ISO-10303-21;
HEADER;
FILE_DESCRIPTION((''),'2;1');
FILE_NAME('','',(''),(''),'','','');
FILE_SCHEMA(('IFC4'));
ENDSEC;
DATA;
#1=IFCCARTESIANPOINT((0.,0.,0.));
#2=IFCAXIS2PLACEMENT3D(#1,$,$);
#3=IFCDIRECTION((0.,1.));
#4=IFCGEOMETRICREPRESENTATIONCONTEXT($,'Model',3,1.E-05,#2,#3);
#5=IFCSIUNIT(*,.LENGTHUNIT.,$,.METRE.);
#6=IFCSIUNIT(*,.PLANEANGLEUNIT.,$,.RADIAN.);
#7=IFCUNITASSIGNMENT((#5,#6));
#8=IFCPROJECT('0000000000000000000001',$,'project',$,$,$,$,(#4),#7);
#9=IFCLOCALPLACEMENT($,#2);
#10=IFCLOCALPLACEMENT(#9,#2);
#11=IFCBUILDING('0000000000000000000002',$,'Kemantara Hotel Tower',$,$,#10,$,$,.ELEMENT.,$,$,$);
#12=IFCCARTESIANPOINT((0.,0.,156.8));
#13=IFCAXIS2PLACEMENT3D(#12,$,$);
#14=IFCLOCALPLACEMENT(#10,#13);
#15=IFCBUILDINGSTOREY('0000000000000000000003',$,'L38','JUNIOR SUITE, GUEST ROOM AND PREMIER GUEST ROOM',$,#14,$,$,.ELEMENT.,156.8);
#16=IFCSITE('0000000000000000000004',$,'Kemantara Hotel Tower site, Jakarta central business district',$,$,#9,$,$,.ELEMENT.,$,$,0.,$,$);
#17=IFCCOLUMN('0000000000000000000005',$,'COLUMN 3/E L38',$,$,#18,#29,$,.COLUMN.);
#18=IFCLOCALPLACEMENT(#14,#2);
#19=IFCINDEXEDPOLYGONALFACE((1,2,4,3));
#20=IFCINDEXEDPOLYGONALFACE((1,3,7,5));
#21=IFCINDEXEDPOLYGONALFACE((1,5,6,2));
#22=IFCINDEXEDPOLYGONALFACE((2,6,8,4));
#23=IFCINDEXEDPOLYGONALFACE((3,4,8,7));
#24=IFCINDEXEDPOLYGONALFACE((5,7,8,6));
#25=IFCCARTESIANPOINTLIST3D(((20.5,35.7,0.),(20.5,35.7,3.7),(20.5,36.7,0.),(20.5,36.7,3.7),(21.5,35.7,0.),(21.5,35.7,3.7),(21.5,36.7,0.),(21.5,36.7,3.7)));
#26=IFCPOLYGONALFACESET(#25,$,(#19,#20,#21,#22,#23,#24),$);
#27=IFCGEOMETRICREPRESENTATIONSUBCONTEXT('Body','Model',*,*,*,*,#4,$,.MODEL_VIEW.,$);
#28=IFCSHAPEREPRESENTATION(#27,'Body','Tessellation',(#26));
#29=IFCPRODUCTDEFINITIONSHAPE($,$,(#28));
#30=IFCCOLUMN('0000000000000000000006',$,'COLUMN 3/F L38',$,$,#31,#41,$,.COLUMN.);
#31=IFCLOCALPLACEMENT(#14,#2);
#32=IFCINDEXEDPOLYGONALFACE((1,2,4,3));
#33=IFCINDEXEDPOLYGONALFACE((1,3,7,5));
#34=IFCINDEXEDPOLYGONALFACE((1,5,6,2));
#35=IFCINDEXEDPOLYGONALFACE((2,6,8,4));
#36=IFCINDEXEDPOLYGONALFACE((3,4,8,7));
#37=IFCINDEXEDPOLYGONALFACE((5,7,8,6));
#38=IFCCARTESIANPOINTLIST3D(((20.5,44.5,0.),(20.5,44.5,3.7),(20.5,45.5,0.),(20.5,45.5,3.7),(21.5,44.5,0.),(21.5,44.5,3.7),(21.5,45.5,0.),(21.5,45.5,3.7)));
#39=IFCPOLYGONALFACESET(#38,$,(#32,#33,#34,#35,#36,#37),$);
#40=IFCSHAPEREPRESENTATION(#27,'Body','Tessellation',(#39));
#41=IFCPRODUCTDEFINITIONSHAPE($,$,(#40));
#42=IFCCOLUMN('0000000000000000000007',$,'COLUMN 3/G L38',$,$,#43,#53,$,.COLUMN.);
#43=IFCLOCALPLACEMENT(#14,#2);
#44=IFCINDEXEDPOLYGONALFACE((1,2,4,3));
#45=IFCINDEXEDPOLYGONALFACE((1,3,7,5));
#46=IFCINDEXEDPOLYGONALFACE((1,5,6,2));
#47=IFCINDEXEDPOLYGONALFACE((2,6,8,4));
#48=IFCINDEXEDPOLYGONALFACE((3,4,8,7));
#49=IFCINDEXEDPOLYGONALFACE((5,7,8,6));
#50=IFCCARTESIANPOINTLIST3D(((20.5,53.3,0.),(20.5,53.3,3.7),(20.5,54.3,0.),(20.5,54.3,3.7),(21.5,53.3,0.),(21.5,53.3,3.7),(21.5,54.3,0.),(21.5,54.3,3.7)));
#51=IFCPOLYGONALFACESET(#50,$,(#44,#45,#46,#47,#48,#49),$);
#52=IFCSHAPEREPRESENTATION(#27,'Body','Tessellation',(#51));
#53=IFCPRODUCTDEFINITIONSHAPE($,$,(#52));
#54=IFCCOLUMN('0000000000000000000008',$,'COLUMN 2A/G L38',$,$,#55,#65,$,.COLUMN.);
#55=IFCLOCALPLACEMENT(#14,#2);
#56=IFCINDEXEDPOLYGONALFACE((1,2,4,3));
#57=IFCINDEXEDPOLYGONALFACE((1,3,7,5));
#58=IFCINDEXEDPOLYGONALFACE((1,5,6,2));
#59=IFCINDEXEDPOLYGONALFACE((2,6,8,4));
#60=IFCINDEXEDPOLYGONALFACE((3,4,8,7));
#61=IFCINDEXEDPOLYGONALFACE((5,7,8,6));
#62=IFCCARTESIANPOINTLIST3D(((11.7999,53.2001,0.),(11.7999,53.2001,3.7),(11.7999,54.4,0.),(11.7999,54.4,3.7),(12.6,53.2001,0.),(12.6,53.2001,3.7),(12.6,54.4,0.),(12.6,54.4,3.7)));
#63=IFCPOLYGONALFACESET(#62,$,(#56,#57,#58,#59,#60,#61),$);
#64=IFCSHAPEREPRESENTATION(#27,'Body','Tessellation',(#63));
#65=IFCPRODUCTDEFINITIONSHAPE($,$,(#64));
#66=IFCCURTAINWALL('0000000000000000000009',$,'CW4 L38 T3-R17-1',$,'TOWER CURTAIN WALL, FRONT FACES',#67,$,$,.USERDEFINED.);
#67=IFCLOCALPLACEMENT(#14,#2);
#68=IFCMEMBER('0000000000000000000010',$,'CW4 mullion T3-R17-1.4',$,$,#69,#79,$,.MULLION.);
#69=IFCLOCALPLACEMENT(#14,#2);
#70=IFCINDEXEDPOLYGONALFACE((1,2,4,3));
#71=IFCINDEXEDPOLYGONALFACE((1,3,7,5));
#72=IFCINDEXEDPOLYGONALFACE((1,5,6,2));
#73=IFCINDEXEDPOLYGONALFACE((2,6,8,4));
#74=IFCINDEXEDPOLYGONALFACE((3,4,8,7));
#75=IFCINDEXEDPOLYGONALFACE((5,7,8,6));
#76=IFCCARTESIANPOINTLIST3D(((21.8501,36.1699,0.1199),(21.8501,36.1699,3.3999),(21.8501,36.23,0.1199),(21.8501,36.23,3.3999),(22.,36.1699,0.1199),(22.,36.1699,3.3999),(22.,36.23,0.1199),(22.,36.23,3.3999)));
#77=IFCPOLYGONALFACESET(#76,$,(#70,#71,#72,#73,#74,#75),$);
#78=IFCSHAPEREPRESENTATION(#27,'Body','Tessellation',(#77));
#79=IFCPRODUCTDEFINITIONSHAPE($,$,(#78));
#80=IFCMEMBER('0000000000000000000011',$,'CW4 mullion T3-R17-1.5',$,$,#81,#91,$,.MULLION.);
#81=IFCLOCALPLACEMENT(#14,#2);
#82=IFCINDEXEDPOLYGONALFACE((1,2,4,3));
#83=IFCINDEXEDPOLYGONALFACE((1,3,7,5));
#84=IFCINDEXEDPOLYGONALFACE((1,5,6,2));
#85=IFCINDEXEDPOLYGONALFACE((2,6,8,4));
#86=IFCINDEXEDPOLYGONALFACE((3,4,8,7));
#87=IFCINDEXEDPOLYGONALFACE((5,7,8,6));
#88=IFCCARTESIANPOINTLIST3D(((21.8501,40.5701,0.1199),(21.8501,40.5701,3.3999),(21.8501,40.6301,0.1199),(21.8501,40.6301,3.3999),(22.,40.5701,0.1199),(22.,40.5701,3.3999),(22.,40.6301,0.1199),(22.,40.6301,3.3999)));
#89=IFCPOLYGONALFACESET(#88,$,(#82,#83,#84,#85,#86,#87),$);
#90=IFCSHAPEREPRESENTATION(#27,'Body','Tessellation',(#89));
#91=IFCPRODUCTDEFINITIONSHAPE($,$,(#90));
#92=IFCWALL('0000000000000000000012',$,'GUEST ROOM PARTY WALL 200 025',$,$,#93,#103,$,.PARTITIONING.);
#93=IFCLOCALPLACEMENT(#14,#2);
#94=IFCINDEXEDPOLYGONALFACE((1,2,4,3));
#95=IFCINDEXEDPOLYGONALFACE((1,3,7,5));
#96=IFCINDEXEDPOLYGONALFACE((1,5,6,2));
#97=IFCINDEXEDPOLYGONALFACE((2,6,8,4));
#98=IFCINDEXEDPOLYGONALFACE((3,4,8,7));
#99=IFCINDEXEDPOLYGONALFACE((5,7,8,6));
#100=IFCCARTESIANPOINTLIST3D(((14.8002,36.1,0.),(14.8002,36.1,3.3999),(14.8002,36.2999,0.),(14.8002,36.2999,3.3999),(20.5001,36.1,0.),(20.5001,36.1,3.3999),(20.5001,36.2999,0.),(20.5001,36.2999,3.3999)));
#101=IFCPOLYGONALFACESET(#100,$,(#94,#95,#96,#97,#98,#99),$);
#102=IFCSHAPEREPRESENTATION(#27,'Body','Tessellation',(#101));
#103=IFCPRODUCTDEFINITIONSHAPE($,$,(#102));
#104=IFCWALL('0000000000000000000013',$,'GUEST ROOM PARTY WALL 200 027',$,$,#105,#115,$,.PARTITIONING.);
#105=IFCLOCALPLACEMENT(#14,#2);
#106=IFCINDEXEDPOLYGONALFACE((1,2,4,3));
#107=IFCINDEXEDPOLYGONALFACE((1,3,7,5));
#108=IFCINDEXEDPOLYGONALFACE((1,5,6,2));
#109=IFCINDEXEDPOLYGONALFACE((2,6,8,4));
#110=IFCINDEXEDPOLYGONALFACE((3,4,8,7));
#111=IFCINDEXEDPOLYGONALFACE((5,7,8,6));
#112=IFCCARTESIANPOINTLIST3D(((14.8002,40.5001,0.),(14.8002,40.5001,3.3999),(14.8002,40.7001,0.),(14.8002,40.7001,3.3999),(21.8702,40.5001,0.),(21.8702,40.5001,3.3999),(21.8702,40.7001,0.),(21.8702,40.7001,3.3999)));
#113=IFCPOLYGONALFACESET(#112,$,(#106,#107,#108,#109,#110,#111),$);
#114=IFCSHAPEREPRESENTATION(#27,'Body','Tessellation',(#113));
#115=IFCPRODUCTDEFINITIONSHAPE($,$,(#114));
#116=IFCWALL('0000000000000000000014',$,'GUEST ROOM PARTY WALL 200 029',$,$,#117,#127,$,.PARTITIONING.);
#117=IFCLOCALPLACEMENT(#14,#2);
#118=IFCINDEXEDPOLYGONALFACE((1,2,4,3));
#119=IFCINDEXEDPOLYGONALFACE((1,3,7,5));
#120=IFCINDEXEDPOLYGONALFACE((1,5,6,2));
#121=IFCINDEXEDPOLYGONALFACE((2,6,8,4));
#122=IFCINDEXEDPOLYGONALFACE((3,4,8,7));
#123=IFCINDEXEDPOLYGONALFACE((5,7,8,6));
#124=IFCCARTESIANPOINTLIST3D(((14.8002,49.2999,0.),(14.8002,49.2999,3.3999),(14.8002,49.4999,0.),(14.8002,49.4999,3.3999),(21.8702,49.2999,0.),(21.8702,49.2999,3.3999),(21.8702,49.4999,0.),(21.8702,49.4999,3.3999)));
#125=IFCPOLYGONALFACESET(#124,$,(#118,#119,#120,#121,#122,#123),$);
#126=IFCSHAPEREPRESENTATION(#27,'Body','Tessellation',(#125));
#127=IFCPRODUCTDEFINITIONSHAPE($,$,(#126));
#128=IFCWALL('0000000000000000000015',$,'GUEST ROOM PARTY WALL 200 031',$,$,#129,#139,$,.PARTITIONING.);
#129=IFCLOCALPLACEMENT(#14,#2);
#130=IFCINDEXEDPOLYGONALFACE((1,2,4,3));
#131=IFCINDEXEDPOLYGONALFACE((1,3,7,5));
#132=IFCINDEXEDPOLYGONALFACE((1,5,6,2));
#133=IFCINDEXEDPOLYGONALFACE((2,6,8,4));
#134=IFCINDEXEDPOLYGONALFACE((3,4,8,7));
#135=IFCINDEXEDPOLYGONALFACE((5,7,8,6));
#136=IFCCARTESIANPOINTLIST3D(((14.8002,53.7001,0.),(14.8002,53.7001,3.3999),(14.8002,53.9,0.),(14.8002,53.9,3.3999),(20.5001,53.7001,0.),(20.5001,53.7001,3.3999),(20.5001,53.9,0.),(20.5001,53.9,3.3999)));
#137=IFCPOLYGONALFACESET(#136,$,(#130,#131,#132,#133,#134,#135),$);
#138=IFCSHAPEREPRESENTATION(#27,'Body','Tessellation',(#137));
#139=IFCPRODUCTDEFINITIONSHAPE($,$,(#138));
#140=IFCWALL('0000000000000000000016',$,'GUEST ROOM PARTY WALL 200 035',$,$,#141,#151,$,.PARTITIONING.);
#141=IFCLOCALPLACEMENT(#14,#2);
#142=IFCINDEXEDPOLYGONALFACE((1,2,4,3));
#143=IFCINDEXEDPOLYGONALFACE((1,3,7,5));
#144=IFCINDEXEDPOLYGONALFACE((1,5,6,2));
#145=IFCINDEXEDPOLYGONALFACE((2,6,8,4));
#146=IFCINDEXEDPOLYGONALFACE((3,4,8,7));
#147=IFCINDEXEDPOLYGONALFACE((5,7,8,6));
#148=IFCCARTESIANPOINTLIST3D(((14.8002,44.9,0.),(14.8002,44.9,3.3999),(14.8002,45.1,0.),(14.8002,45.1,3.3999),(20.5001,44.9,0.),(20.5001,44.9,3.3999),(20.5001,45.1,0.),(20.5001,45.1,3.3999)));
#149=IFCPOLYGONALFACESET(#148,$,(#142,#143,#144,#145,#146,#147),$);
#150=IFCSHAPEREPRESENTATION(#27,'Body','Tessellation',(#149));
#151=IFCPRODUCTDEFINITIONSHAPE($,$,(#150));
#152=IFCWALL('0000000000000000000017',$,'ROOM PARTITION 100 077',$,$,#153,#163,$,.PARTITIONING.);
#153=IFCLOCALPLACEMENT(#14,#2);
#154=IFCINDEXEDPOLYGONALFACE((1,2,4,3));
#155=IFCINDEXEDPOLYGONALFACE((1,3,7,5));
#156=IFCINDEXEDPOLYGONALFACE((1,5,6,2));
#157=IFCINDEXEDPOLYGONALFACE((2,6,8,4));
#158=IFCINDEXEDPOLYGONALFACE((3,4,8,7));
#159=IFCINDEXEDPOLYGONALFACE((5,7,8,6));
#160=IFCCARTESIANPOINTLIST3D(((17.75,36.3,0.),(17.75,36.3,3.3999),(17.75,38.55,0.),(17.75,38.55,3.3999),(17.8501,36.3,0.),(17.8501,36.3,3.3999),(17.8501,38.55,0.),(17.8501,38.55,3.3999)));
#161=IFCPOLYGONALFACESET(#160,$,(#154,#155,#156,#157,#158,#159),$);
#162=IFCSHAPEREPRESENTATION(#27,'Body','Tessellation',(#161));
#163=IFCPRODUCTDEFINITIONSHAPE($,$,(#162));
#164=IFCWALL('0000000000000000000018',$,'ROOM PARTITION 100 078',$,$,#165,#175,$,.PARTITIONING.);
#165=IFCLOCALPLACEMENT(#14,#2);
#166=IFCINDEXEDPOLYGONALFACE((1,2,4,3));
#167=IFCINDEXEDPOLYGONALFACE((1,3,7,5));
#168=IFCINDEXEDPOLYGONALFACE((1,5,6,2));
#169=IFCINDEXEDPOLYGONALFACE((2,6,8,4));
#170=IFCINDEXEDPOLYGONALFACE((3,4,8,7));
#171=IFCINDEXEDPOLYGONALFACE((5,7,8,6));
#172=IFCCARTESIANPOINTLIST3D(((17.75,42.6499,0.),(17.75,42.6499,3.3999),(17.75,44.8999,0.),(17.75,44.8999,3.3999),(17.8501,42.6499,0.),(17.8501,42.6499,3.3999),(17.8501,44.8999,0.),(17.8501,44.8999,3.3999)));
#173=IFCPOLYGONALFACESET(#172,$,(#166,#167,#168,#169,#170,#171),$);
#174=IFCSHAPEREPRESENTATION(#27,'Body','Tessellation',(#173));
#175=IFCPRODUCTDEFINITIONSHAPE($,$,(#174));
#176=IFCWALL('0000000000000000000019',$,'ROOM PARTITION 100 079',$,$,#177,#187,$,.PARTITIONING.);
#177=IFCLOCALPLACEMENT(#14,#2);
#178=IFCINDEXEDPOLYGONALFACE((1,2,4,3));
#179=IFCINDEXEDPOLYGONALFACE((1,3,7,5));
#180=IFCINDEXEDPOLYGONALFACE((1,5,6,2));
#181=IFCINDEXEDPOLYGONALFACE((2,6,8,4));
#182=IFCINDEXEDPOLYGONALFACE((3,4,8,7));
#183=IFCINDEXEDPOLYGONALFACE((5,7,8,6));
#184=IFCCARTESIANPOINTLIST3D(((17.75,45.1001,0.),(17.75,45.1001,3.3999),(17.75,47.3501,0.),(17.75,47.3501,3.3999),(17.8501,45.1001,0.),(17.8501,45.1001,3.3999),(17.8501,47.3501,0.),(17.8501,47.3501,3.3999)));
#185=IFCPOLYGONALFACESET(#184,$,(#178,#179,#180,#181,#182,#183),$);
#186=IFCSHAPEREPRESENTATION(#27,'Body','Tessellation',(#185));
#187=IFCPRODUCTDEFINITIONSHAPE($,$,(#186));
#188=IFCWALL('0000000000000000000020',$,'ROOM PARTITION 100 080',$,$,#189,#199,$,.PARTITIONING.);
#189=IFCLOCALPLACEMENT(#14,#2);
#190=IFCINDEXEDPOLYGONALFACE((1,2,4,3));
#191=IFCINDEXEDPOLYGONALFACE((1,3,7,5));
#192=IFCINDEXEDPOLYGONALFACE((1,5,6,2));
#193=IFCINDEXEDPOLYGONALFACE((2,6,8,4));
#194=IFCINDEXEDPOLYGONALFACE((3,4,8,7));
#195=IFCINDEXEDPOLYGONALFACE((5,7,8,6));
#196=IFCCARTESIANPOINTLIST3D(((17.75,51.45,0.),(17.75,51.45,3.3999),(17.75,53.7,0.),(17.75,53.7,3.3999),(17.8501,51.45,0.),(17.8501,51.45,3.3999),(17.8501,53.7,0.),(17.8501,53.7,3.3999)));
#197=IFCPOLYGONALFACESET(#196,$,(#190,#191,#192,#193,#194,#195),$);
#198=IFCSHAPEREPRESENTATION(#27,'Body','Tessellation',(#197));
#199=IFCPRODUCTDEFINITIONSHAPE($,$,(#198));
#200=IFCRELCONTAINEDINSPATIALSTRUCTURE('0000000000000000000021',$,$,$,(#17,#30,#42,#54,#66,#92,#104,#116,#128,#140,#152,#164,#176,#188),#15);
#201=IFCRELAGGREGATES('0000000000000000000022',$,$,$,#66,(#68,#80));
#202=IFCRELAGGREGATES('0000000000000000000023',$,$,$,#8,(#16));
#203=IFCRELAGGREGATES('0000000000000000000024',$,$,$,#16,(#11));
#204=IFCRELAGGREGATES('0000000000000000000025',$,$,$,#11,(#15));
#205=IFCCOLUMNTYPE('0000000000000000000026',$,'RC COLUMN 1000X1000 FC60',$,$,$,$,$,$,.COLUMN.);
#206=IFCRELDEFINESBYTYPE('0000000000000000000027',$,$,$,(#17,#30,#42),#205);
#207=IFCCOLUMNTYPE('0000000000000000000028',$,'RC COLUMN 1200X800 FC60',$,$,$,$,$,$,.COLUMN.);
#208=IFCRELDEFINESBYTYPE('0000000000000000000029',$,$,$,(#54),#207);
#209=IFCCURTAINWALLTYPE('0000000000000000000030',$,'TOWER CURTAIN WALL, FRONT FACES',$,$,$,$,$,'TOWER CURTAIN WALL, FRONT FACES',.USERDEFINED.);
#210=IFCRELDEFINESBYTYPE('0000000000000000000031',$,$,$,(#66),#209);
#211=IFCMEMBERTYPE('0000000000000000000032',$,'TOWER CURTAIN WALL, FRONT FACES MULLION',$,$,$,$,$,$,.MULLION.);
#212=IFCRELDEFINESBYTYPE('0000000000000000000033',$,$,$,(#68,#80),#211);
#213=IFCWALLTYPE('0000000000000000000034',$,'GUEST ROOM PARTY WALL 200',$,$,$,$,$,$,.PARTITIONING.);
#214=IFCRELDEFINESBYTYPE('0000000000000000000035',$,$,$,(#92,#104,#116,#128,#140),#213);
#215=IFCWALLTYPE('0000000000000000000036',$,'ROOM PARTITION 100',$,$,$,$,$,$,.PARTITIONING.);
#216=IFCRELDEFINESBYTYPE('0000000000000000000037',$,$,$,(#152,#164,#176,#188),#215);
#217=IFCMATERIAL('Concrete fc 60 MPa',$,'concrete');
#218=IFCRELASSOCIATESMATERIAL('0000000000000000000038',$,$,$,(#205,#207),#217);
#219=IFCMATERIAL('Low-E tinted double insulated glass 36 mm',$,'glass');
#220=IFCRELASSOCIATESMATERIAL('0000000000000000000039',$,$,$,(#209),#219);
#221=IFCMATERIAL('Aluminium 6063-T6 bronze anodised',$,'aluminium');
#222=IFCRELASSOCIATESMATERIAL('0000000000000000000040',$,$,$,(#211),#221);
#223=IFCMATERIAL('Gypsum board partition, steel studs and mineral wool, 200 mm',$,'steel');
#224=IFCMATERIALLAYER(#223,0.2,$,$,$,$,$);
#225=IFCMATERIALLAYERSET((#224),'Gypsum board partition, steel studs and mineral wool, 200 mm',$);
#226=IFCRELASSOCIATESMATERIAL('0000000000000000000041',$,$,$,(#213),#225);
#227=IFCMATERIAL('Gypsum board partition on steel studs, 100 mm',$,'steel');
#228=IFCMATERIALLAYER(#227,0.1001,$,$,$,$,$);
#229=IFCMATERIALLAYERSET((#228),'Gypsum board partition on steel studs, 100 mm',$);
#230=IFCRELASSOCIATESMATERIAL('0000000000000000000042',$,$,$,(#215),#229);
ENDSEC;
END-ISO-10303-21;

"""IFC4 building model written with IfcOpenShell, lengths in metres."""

from ifc_helpers import new_model, si_unit, direction, frame, frame_2d, origin, origin_2d, place, context, subcontext, project, spatial, rectangle, extrude, source, transform, mapped, material, layer, layer_set, material_profile, profile_set, type_object, element, aggregate, save


model = new_model("IFC4")

# Units and contexts
model_context = context("Model", 3, precision=1e-05, world=origin(), true_north=direction((0.0, 1.0)))
body_context = subcontext(model_context, "Body", "Model", "MODEL_VIEW")
ifc_project = project(units=[si_unit("LENGTHUNIT", "METRE"), si_unit("PLANEANGLEUNIT", "RADIAN")], contexts=[model_context])

# Site, building, storey
site_placement = place(None, origin())
site = spatial("IfcSite", under=ifc_project, at=site_placement, Name="Kemantara Hotel Tower site, Jakarta central business district", CompositionType="ELEMENT", RefElevation=0.0)
building_placement = place(site_placement, origin())
building = spatial("IfcBuilding", under=site, at=building_placement, Name="Kemantara Hotel Tower", CompositionType="ELEMENT")
storey_placement = place(building_placement, frame((0.0, 0.0, 156.8)))
storey = spatial("IfcBuildingStorey", under=building, at=storey_placement, Name="L38", Description="JUNIOR SUITE, GUEST ROOM AND PREMIER GUEST ROOM", CompositionType="ELEMENT", Elevation=156.8)

# Columns
ifc_material_1 = material(Name="Concrete fc 60 MPa", Category="concrete")
ifc_material_profile_1 = material_profile(ifc_material_1, rectangle(XDim=1.0, YDim=1.0, at=origin_2d()), Name="RC 1000X1000")
ifc_profile_set_1 = profile_set([ifc_material_profile_1], Name="Concrete fc 60 MPa")
column_type_1 = type_object("IfcColumnType", Name="RC COLUMN 1000X1000 FC60", PredefinedType="COLUMN", material=ifc_profile_set_1)
for number, where, z_axis, x_axis, name in (
    (1, (21.0, 36.2, 0.0), (0.0, 0.0, 1.0), (1.0, 0.0, 0.0), "COLUMN 3/E L38"),
    (2, (21.0, 45.0, 0.0), (0.0, 0.0, 1.0), (1.0, 0.0, 0.0), "COLUMN 3/F L38"),
    (3, (21.0, 53.8, 0.0), (0.0, 0.0, 1.0), (1.0, 0.0, 0.0), "COLUMN 3/G L38"),
):
    element("IfcColumn", number, at=place(storey_placement, frame(where, z_axis=z_axis, x_axis=x_axis)), inside=storey, type_object=column_type_1, Name=name, PredefinedType="COLUMN", context=body_context, shape_type="SweptSolid", body=[
        extrude(rectangle(XDim=1.0, YDim=1.0, at=origin_2d()), origin(), (0.0, 0.0, 1.0), 3.7),
    ])
ifc_material_profile_2 = material_profile(ifc_material_1, rectangle(XDim=1.2, YDim=0.8, at=origin_2d()), Name="RC 1200X800")
ifc_profile_set_2 = profile_set([ifc_material_profile_2], Name="Concrete fc 60 MPa")
column_type_2 = type_object("IfcColumnType", Name="RC COLUMN 1200X800 FC60", PredefinedType="COLUMN", material=ifc_profile_set_2)
column_placement = place(storey_placement, frame((12.2, 53.8, 0.0), z_axis=(0.0, 0.0, 1.0), x_axis=(0.0, 1.0, 0.0)))
element("IfcColumn", 4, at=column_placement, inside=storey, type_object=column_type_2, Name="COLUMN 2A/G L38", PredefinedType="COLUMN", context=body_context, shape_type="SweptSolid", body=[
    extrude(rectangle(XDim=1.2, YDim=0.8, at=origin_2d()), origin(), (0.0, 0.0, 1.0), 3.7),
])

# Curtain wall, members
ifc_material_2 = material(Name="Low-E tinted double insulated glass 36 mm", Category="glass")
curtain_wall_type = type_object("IfcCurtainWallType", Name="TOWER CURTAIN WALL, FRONT FACES", ElementType="TOWER CURTAIN WALL, FRONT FACES", PredefinedType="USERDEFINED", material=ifc_material_2)
curtain_wall_placement = place(storey_placement, origin())
curtain_wall = element("IfcCurtainWall", 5, at=curtain_wall_placement, inside=storey, type_object=curtain_wall_type, Name="CW4 L38 T3-R17-1", ObjectType="TOWER CURTAIN WALL, FRONT FACES", PredefinedType="USERDEFINED")
ifc_material_3 = material(Name="Aluminium 6063-T6 bronze anodised", Category="aluminium")
ifc_material_profile_3 = material_profile(ifc_material_3, rectangle(XDim=0.1499, YDim=0.0601, at=origin_2d()), Name="TOWER CURTAIN WALL, FRONT FACES MULLION")
ifc_profile_set_3 = profile_set([ifc_material_profile_3], Name="Aluminium 6063-T6 bronze anodised")
member_type = type_object("IfcMemberType", Name="TOWER CURTAIN WALL, FRONT FACES MULLION", PredefinedType="MULLION", material=ifc_profile_set_3)
shared_shape = source(origin(), body_context, "Body", "SweptSolid", [
    extrude(rectangle(XDim=0.1499, YDim=0.0601, at=origin_2d()), origin(), (0.0, 0.0, 1.0), 3.28),
])
member_1_placement = place(storey_placement, frame((21.925, 36.2, 0.1199), z_axis=(0.0, 0.0, 1.0), x_axis=(-1.0, 0.0, 0.0)))
member_1 = element("IfcMember", 6, at=member_1_placement, type_object=member_type, Name="CW4 mullion T3-R17-1.4", PredefinedType="MULLION", context=body_context, shape_type="MappedRepresentation", body=[
    mapped(shared_shape, transform((0.0, 0.0, 0.0))),
])
member_2_placement = place(storey_placement, frame((21.925, 40.6001, 0.1199), z_axis=(0.0, 0.0, 1.0), x_axis=(-1.0, 0.0, 0.0)))
member_2 = element("IfcMember", 7, at=member_2_placement, type_object=member_type, Name="CW4 mullion T3-R17-1.5", PredefinedType="MULLION", context=body_context, shape_type="MappedRepresentation", body=[
    mapped(shared_shape, transform((0.0, 0.0, 0.0))),
])
aggregate(curtain_wall, [member_1, member_2])

# Walls
ifc_material_4 = material(Name="Gypsum board partition, steel studs and mineral wool, 200 mm", Category="steel")
ifc_layer_1 = layer(ifc_material_4, 0.2)
ifc_layer_set_1 = layer_set([ifc_layer_1], Name="Gypsum board partition, steel studs and mineral wool, 200 mm")
wall_type_1 = type_object("IfcWallType", Name="GUEST ROOM PARTY WALL 200", PredefinedType="PARTITIONING", material=ifc_layer_set_1)
wall_1_placement = place(storey_placement, frame((14.8, 36.2, 0.0), z_axis=(0.0, 0.0, 1.0), x_axis=(1.0, 0.0, 0.0)))
element("IfcWall", 8, at=wall_1_placement, inside=storey, type_object=wall_type_1, Name="GUEST ROOM PARTY WALL 200 025", PredefinedType="PARTITIONING", context=body_context, shape_type="SweptSolid", body=[
    extrude(rectangle(XDim=5.7, YDim=0.2, at=frame_2d((2.8501, 0.0))), origin(), (0.0, 0.0, 1.0), 3.3999),
])
for number, where, z_axis, x_axis, name in (
    (9, (14.8, 40.6001, 0.0), (0.0, 0.0, 1.0), (1.0, 0.0, 0.0), "GUEST ROOM PARTY WALL 200 027"),
    (10, (14.8, 49.3999, 0.0), (0.0, 0.0, 1.0), (1.0, 0.0, 0.0), "GUEST ROOM PARTY WALL 200 029"),
):
    element("IfcWall", number, at=place(storey_placement, frame(where, z_axis=z_axis, x_axis=x_axis)), inside=storey, type_object=wall_type_1, Name=name, PredefinedType="PARTITIONING", context=body_context, shape_type="SweptSolid", body=[
        extrude(rectangle(XDim=7.0701, YDim=0.2, at=frame_2d((3.5352, 0.0))), origin(), (0.0, 0.0, 1.0), 3.3999),
    ])
for number, where, z_axis, x_axis, name in (
    (11, (14.8, 53.8, 0.0), (0.0, 0.0, 1.0), (1.0, 0.0, 0.0), "GUEST ROOM PARTY WALL 200 031"),
    (12, (14.8, 45.0, 0.0), (0.0, 0.0, 1.0), (1.0, 0.0, 0.0), "GUEST ROOM PARTY WALL 200 035"),
):
    element("IfcWall", number, at=place(storey_placement, frame(where, z_axis=z_axis, x_axis=x_axis)), inside=storey, type_object=wall_type_1, Name=name, PredefinedType="PARTITIONING", context=body_context, shape_type="SweptSolid", body=[
        extrude(rectangle(XDim=5.7, YDim=0.2, at=frame_2d((2.8501, 0.0))), origin(), (0.0, 0.0, 1.0), 3.3999),
    ])
ifc_material_5 = material(Name="Gypsum board partition on steel studs, 100 mm", Category="steel")
ifc_layer_2 = layer(ifc_material_5, 0.1001)
ifc_layer_set_2 = layer_set([ifc_layer_2], Name="Gypsum board partition on steel studs, 100 mm")
wall_type_2 = type_object("IfcWallType", Name="ROOM PARTITION 100", PredefinedType="PARTITIONING", material=ifc_layer_set_2)
for number, where, z_axis, x_axis, name in (
    (13, (17.8, 36.3, 0.0), (0.0, 0.0, 1.0), (0.0, 1.0, 0.0), "ROOM PARTITION 100 077"),
    (14, (17.8, 42.6499, 0.0), (0.0, 0.0, 1.0), (0.0, 1.0, 0.0), "ROOM PARTITION 100 078"),
    (15, (17.8, 45.1001, 0.0), (0.0, 0.0, 1.0), (0.0, 1.0, 0.0), "ROOM PARTITION 100 079"),
    (16, (17.8, 51.45, 0.0), (0.0, 0.0, 1.0), (0.0, 1.0, 0.0), "ROOM PARTITION 100 080"),
):
    element("IfcWall", number, at=place(storey_placement, frame(where, z_axis=z_axis, x_axis=x_axis)), inside=storey, type_object=wall_type_2, Name=name, PredefinedType="PARTITIONING", context=body_context, shape_type="SweptSolid", body=[
        extrude(rectangle(XDim=2.25, YDim=0.1001, at=frame_2d((1.125, 0.0))), origin(), (0.0, 0.0, 1.0), 3.3999),
    ])

save(model, "model.ifc")
